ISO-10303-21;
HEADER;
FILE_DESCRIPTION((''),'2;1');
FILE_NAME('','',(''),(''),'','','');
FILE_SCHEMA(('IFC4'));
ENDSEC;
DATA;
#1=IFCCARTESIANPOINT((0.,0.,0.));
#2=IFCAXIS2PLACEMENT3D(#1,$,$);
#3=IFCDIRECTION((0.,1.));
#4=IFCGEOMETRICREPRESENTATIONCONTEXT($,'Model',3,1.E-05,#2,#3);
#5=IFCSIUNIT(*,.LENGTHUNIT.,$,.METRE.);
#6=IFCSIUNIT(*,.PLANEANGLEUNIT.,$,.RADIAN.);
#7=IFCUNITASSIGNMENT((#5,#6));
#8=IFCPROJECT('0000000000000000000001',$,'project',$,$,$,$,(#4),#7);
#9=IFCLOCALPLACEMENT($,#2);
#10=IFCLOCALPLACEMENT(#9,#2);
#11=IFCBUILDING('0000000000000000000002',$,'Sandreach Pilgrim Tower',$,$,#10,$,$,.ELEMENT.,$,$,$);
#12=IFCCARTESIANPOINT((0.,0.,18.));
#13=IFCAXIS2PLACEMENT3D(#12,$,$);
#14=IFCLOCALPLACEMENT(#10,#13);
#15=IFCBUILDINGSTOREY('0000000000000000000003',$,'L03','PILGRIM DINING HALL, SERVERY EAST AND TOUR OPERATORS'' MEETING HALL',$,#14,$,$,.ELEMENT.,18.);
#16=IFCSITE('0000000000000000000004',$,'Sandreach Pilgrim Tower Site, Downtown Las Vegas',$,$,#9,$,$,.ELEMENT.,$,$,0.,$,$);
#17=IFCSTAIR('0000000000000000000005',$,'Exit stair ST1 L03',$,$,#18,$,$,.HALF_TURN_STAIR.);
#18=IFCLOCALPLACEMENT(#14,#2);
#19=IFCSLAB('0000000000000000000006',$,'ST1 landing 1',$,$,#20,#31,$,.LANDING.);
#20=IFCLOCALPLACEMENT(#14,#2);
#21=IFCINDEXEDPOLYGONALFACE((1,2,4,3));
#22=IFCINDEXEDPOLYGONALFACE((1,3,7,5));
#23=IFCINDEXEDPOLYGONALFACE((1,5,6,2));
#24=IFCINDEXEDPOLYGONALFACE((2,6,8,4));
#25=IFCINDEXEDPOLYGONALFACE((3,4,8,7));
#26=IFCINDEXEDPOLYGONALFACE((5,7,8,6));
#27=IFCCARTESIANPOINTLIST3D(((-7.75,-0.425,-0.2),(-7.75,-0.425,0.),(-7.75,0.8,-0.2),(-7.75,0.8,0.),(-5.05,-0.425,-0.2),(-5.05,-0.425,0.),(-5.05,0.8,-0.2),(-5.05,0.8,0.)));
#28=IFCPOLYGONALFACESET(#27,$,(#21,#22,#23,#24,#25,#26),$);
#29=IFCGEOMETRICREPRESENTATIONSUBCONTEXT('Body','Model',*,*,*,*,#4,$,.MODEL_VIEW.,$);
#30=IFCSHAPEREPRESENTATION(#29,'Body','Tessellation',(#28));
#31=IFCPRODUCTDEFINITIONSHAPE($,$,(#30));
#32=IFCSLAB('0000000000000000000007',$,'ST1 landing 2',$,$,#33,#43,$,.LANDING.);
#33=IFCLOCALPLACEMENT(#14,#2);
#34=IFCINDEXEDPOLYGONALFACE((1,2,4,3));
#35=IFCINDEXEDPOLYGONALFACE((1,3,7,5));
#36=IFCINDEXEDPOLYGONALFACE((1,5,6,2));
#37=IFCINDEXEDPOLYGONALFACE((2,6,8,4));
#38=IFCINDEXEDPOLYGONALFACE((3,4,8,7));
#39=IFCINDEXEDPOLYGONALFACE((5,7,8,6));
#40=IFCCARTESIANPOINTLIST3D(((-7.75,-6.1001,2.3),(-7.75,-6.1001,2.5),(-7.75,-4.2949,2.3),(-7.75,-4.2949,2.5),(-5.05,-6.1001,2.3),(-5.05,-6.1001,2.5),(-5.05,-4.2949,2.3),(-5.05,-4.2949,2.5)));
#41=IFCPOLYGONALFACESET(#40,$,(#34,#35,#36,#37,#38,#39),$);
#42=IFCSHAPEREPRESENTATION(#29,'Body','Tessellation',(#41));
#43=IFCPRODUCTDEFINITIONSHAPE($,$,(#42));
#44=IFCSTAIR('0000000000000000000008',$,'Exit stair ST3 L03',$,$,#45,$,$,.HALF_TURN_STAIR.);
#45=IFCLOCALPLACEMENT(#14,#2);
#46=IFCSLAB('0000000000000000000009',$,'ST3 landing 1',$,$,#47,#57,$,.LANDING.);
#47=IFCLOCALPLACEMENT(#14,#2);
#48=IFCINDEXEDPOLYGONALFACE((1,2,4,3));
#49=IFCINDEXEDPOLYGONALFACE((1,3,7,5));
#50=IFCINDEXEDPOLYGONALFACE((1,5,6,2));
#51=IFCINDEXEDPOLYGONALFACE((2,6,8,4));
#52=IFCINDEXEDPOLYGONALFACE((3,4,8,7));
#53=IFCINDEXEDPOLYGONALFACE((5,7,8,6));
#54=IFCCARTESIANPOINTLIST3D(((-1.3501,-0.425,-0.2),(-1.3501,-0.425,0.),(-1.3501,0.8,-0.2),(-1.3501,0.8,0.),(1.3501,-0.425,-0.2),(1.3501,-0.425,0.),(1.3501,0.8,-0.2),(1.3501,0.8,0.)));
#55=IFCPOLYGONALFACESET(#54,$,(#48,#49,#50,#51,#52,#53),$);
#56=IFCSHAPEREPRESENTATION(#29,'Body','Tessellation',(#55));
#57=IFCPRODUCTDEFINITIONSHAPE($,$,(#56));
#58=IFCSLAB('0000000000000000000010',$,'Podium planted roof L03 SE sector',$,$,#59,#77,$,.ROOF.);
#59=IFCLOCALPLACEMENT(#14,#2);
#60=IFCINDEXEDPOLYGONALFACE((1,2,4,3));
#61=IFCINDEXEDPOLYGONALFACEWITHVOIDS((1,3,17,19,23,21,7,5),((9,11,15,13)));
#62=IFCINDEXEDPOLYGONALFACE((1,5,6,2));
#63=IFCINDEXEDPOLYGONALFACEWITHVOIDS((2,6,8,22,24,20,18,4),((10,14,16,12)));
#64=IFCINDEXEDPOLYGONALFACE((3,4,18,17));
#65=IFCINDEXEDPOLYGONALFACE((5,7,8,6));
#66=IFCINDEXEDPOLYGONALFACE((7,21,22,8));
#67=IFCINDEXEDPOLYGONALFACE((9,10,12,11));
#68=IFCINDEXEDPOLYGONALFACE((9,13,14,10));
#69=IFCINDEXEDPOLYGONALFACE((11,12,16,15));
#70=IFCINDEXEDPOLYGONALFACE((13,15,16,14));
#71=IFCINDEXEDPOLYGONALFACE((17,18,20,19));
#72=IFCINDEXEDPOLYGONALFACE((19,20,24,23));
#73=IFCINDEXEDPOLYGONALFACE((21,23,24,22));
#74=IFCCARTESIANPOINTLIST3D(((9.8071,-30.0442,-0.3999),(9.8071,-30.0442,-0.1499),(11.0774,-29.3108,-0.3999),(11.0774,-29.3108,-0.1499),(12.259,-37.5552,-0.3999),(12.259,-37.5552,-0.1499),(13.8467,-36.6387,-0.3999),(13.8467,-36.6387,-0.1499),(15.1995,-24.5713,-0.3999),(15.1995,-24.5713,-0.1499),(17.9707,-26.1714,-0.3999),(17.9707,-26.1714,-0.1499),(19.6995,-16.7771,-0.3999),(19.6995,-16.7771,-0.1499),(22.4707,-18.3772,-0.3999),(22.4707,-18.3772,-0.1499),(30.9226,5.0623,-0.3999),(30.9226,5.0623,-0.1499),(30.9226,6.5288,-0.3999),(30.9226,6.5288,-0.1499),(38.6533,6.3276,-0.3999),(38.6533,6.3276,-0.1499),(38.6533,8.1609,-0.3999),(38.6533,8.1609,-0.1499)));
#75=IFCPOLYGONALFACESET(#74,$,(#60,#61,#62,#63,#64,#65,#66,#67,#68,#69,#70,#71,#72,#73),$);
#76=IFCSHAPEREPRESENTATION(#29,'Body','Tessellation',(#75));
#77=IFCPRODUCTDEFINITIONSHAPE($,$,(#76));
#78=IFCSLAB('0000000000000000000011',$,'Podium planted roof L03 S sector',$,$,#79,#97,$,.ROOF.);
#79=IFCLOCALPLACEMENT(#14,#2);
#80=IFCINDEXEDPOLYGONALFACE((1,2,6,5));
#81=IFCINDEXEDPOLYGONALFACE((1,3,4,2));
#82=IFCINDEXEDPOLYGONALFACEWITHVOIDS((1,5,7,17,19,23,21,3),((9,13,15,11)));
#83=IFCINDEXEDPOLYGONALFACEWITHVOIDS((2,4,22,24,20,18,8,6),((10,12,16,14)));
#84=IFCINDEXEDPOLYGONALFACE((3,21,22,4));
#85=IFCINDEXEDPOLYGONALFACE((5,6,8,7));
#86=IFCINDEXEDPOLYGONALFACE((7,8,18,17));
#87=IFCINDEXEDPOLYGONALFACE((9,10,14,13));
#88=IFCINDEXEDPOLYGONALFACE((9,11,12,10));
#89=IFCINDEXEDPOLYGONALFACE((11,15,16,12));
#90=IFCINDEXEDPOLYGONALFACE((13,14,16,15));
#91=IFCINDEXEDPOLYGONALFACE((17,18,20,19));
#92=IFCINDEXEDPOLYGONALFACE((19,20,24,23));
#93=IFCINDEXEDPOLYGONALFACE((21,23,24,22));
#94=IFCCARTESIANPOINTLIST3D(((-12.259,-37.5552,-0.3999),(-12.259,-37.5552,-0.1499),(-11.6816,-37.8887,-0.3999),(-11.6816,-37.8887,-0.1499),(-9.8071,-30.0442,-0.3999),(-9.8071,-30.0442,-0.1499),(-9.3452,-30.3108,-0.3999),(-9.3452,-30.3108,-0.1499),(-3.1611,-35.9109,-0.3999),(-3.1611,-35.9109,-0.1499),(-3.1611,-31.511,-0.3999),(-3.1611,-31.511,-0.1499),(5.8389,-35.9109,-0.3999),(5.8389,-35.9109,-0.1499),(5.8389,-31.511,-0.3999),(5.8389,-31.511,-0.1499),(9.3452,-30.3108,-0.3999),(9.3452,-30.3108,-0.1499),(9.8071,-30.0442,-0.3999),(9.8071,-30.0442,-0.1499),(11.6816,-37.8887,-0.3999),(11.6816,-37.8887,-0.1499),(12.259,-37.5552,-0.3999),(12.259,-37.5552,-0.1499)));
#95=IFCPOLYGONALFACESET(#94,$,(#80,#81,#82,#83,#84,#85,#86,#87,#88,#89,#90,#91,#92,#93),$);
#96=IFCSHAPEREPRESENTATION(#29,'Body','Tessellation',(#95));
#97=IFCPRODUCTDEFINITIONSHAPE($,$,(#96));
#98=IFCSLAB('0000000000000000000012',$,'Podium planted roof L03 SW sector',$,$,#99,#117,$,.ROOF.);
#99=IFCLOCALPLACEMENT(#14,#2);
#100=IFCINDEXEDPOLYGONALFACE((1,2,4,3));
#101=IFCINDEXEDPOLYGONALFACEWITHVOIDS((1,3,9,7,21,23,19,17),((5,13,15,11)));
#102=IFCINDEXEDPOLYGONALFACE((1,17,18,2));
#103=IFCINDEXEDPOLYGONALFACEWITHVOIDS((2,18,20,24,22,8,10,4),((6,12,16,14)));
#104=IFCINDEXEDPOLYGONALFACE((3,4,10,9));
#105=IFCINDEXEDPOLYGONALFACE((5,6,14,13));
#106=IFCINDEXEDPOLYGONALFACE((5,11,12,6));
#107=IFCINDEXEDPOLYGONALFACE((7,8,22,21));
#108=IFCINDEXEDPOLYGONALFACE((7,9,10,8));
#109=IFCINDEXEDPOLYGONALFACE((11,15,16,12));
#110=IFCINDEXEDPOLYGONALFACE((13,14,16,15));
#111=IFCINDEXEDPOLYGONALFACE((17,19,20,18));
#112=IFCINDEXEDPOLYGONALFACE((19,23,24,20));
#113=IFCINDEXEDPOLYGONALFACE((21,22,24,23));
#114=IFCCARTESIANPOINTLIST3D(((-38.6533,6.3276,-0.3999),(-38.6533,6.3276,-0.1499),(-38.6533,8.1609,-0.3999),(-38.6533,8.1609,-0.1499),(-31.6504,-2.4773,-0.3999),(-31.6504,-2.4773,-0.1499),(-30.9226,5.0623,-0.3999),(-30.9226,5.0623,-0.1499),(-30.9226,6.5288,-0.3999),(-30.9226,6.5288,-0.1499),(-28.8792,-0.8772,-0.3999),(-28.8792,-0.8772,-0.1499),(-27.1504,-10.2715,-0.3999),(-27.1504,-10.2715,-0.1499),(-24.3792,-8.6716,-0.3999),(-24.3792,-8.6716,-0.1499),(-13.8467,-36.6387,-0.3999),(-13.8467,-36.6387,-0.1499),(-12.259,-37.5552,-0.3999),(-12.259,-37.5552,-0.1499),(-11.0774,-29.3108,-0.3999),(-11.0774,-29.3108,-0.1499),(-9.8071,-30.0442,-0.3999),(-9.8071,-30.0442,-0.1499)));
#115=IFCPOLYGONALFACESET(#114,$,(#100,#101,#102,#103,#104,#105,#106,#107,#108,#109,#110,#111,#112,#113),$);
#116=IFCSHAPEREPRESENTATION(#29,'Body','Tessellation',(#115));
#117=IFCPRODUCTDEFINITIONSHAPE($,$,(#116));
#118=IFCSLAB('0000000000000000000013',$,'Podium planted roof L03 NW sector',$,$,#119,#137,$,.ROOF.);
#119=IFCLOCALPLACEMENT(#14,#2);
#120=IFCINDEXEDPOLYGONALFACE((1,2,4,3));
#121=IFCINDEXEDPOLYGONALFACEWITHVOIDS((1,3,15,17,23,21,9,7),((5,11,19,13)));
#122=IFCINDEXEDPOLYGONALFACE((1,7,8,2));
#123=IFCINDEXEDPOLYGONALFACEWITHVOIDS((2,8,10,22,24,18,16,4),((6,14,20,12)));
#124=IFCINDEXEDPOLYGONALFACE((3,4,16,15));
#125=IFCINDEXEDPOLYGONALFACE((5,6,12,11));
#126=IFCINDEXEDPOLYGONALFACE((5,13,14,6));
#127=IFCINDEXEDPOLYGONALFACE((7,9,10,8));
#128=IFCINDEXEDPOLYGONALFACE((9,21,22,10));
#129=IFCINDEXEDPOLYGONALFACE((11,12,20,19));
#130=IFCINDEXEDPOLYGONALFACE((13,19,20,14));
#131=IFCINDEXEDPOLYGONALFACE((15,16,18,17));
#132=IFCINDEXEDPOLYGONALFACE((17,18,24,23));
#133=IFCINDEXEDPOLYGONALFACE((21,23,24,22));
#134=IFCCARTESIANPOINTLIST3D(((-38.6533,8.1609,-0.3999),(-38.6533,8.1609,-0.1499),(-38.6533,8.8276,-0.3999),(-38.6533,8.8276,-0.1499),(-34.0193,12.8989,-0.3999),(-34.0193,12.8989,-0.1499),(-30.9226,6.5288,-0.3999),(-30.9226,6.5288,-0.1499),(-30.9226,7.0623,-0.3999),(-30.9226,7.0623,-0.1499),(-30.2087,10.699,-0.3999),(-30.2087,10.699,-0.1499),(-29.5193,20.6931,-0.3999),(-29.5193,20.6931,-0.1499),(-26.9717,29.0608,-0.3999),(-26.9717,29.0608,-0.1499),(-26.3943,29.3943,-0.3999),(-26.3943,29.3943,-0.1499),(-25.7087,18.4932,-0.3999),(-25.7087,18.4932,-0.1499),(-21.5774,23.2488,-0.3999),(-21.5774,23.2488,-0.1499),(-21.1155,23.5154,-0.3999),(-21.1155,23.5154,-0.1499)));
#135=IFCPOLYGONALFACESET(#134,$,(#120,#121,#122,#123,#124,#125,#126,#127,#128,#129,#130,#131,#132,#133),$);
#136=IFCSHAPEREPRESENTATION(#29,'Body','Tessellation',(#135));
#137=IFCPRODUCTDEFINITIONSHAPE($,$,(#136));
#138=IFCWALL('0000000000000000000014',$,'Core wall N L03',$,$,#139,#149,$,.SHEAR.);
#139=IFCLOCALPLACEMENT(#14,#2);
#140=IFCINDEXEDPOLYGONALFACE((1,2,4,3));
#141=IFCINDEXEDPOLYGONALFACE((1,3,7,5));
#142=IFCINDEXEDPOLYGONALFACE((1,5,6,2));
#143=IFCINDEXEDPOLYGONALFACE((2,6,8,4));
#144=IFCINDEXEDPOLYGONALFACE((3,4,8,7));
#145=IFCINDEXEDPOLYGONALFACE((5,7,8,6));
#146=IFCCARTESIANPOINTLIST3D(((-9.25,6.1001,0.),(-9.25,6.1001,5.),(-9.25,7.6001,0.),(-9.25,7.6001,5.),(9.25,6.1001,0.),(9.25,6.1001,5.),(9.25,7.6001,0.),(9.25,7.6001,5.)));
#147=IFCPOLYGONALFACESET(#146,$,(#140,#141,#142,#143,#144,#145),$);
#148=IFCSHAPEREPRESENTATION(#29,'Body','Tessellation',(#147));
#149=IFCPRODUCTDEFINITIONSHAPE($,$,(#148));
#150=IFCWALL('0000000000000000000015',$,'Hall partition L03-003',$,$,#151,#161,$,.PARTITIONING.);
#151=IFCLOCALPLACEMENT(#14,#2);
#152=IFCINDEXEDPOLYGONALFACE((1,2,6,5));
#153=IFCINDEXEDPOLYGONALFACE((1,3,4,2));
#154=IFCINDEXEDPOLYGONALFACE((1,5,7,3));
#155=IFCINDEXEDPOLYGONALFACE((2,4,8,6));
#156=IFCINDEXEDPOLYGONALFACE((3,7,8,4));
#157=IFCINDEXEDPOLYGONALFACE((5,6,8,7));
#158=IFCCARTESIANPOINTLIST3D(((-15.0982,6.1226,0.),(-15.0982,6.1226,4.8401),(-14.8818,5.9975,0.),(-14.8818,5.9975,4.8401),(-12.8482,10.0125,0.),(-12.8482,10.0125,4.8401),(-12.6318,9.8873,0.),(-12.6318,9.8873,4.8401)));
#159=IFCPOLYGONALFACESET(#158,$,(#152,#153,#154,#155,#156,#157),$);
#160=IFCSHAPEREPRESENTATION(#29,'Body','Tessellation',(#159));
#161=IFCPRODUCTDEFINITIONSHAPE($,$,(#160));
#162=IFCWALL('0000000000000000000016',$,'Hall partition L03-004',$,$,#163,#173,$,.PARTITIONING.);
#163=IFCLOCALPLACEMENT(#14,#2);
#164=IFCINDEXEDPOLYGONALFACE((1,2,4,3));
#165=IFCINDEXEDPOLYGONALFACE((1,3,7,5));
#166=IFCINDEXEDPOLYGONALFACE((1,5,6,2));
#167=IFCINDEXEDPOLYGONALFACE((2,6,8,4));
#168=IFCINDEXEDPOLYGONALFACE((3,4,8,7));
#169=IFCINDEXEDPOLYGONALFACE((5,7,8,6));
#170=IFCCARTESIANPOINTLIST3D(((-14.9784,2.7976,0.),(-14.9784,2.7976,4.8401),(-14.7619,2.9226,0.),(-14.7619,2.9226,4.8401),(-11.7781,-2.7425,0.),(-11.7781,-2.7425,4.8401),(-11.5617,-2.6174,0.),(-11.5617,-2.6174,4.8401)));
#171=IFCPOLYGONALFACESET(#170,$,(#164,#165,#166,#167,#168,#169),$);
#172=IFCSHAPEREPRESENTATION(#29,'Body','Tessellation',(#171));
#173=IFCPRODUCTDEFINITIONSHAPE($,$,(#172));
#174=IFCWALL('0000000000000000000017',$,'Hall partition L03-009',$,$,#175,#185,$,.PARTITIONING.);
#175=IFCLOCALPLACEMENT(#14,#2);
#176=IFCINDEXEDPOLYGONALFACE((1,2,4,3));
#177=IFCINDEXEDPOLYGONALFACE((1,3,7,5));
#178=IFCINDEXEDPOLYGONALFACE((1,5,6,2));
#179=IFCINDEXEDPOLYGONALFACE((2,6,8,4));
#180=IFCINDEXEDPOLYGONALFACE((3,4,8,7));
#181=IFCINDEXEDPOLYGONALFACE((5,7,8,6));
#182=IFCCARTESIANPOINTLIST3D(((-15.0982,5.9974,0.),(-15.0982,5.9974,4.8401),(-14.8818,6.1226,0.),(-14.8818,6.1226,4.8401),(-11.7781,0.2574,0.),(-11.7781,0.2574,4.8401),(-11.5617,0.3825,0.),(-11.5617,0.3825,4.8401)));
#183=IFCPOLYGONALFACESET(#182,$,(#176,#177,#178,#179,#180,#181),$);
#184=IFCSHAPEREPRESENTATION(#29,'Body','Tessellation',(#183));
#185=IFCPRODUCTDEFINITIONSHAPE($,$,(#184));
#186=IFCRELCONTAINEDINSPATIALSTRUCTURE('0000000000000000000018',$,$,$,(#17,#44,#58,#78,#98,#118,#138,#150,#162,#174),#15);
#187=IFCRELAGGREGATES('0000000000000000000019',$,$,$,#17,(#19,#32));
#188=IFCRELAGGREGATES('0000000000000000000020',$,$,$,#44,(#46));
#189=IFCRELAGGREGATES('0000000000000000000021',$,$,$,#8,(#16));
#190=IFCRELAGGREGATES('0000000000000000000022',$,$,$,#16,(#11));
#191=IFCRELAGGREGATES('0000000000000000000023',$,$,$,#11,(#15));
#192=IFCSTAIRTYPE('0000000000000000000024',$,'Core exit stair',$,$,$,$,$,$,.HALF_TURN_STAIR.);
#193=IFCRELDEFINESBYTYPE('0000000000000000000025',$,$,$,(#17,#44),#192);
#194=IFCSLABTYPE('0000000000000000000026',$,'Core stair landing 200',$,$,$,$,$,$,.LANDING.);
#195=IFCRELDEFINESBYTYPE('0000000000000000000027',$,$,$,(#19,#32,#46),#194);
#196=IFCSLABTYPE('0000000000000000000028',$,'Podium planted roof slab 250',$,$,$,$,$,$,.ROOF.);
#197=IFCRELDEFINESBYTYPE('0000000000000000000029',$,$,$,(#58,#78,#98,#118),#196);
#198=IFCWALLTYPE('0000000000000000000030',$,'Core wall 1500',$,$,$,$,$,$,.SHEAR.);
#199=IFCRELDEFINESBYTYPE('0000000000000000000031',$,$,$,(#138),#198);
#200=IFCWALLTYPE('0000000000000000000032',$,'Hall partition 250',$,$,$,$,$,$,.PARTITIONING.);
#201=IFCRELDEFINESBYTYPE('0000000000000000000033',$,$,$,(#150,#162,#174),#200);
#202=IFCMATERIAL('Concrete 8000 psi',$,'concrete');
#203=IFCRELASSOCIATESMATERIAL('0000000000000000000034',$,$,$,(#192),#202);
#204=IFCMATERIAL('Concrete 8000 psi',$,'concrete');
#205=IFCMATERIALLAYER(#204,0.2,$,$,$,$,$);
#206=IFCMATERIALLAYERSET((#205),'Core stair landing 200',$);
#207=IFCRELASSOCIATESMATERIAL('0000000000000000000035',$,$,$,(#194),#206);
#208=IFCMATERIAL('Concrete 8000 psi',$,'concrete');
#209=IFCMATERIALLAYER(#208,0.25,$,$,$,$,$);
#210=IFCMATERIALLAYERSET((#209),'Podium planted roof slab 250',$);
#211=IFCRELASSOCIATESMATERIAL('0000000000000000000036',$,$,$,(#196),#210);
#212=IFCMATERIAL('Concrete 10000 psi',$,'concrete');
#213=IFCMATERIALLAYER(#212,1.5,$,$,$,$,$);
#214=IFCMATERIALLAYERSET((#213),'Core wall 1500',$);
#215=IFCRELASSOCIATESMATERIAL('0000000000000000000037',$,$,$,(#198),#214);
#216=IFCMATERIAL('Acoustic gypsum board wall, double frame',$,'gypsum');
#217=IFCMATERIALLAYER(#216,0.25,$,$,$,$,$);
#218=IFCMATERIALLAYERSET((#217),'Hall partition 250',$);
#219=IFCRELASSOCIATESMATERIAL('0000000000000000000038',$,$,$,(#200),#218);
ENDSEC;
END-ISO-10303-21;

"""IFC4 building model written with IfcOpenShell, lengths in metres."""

from ifc_helpers import new_model, si_unit, direction, frame, frame_2d, origin, place, context, subcontext, project, spatial, polyline, rectangle, outline, extrude, material, layer, layer_set, type_object, element, aggregate, save


model = new_model("IFC4")

# Units and contexts
model_context = context("Model", 3, precision=1e-05, world=origin(), true_north=direction((0.0, 1.0)))
body_context = subcontext(model_context, "Body", "Model", "MODEL_VIEW")
ifc_project = project(units=[si_unit("LENGTHUNIT", "METRE"), si_unit("PLANEANGLEUNIT", "RADIAN")], contexts=[model_context])

# Site, building, storey
site_placement = place(None, origin())
site = spatial("IfcSite", under=ifc_project, at=site_placement, Name="Sandreach Pilgrim Tower Site, Downtown Las Vegas", CompositionType="ELEMENT", RefElevation=0.0)
building_placement = place(site_placement, origin())
building = spatial("IfcBuilding", under=site, at=building_placement, Name="Sandreach Pilgrim Tower", CompositionType="ELEMENT")
storey_placement = place(building_placement, frame((0.0, 0.0, 18.0)))
storey = spatial("IfcBuildingStorey", under=building, at=storey_placement, Name="L03", Description="PILGRIM DINING HALL, SERVERY EAST AND TOUR OPERATORS' MEETING HALL", CompositionType="ELEMENT", Elevation=18.0)

# Stair, slabs
ifc_material_1 = material(Name="Concrete 8000 psi", Category="concrete")
stair_type = type_object("IfcStairType", Name="Core exit stair", PredefinedType="HALF_TURN_STAIR", material=ifc_material_1)
stair_1_placement = place(storey_placement, origin())
stair_1 = element("IfcStair", 1, at=stair_1_placement, inside=storey, type_object=stair_type, Name="Exit stair ST1 L03", PredefinedType="HALF_TURN_STAIR")
ifc_material_2 = material(Name="Concrete 8000 psi", Category="concrete")
ifc_layer_1 = layer(ifc_material_2, 0.2)
ifc_layer_set_1 = layer_set([ifc_layer_1], Name="Core stair landing 200")
slab_type_1 = type_object("IfcSlabType", Name="Core stair landing 200", PredefinedType="LANDING", material=ifc_layer_set_1)
slab_1_placement = place(storey_placement, frame((0.0, 0.0, -0.2)))
slab_1 = element("IfcSlab", 2, at=slab_1_placement, type_object=slab_type_1, Name="ST1 landing 1", PredefinedType="LANDING", context=body_context, shape_type="SweptSolid", body=[
    extrude(outline(polyline([(-7.75, -0.425), (-5.05, -0.425), (-5.05, 0.8), (-7.75, 0.8), (-7.75, -0.425)])), origin(), (0.0, 0.0, 1.0), 0.2),
])
slab_2_placement = place(storey_placement, frame((0.0, 0.0, 2.3)))
slab_2 = element("IfcSlab", 3, at=slab_2_placement, type_object=slab_type_1, Name="ST1 landing 2", PredefinedType="LANDING", context=body_context, shape_type="SweptSolid", body=[
    extrude(outline(polyline([(-7.75, -6.1001), (-5.05, -6.1001), (-5.05, -4.2949), (-7.75, -4.2949), (-7.75, -6.1001)])), origin(), (0.0, 0.0, 1.0), 0.2),
])
aggregate(stair_1, [slab_1, slab_2])

# Stair, slab
stair_2_placement = place(storey_placement, origin())
stair_2 = element("IfcStair", 4, at=stair_2_placement, inside=storey, type_object=stair_type, Name="Exit stair ST3 L03", PredefinedType="HALF_TURN_STAIR")
slab_3_placement = place(storey_placement, frame((0.0, 0.0, -0.2)))
slab_3 = element("IfcSlab", 5, at=slab_3_placement, type_object=slab_type_1, Name="ST3 landing 1", PredefinedType="LANDING", context=body_context, shape_type="SweptSolid", body=[
    extrude(outline(polyline([(-1.3501, -0.425), (1.3501, -0.425), (1.3501, 0.8), (-1.3501, 0.8), (-1.3501, -0.425)])), origin(), (0.0, 0.0, 1.0), 0.2),
])
aggregate(stair_2, [slab_3])

# Slabs
ifc_material_3 = material(Name="Concrete 8000 psi", Category="concrete")
ifc_layer_2 = layer(ifc_material_3, 0.25)
ifc_layer_set_2 = layer_set([ifc_layer_2], Name="Podium planted roof slab 250")
slab_type_2 = type_object("IfcSlabType", Name="Podium planted roof slab 250", PredefinedType="ROOF", material=ifc_layer_set_2)
slab_4_placement = place(storey_placement, frame((0.0, 0.0, -0.3999)))
element("IfcSlab", 6, at=slab_4_placement, inside=storey, type_object=slab_type_2, Name="Podium planted roof L03 SE sector", PredefinedType="ROOF", context=body_context, shape_type="SweptSolid", body=[
    extrude(outline(polyline([(13.8467, -36.6387), (12.259, -37.5552), (9.8071, -30.0442), (11.0774, -29.3108), (30.9226, 5.0623), (30.9226, 6.5288), (38.6533, 8.1609), (38.6533, 6.3276), (13.8467, -36.6387)]), holes=[polyline([(19.6995, -16.7771), (15.1995, -24.5713), (17.9707, -26.1714), (22.4707, -18.3772), (19.6995, -16.7771)])]), origin(), (0.0, 0.0, 1.0), 0.25),
])
slab_5_placement = place(storey_placement, frame((0.0, 0.0, -0.3999)))
element("IfcSlab", 7, at=slab_5_placement, inside=storey, type_object=slab_type_2, Name="Podium planted roof L03 S sector", PredefinedType="ROOF", context=body_context, shape_type="SweptSolid", body=[
    extrude(outline(polyline([(-11.6816, -37.8887), (-12.259, -37.5552), (-9.8071, -30.0442), (-9.3452, -30.3108), (9.3452, -30.3108), (9.8071, -30.0442), (12.259, -37.5552), (11.6816, -37.8887), (-11.6816, -37.8887)]), holes=[polyline([(5.8389, -31.511), (-3.1611, -31.511), (-3.1611, -35.9109), (5.8389, -35.9109), (5.8389, -31.511)])]), origin(), (0.0, 0.0, 1.0), 0.25),
])
slab_6_placement = place(storey_placement, frame((0.0, 0.0, -0.3999)))
element("IfcSlab", 8, at=slab_6_placement, inside=storey, type_object=slab_type_2, Name="Podium planted roof L03 SW sector", PredefinedType="ROOF", context=body_context, shape_type="SweptSolid", body=[
    extrude(outline(polyline([(-38.6533, 6.3276), (-38.6533, 8.1609), (-30.9226, 6.5288), (-30.9226, 5.0623), (-11.0774, -29.3108), (-9.8071, -30.0442), (-12.259, -37.5552), (-13.8467, -36.6387), (-38.6533, 6.3276)]), holes=[polyline([(-24.3792, -8.6716), (-28.8792, -0.8772), (-31.6504, -2.4773), (-27.1504, -10.2715), (-24.3792, -8.6716)])]), origin(), (0.0, 0.0, 1.0), 0.25),
])
slab_7_placement = place(storey_placement, frame((0.0, 0.0, -0.3999)))
element("IfcSlab", 9, at=slab_7_placement, inside=storey, type_object=slab_type_2, Name="Podium planted roof L03 NW sector", PredefinedType="ROOF", context=body_context, shape_type="SweptSolid", body=[
    extrude(outline(polyline([(-26.9717, 29.0608), (-26.3943, 29.3943), (-21.1155, 23.5154), (-21.5774, 23.2488), (-30.9226, 7.0623), (-30.9226, 6.5288), (-38.6533, 8.1609), (-38.6533, 8.8276), (-26.9717, 29.0608)]), holes=[polyline([(-30.2087, 10.699), (-25.7087, 18.4932), (-29.5193, 20.6931), (-34.0193, 12.8989), (-30.2087, 10.699)])]), origin(), (0.0, 0.0, 1.0), 0.25),
])

# Walls
ifc_material_4 = material(Name="Concrete 10000 psi", Category="concrete")
ifc_layer_3 = layer(ifc_material_4, 1.5)
ifc_layer_set_3 = layer_set([ifc_layer_3], Name="Core wall 1500")
wall_type_1 = type_object("IfcWallType", Name="Core wall 1500", PredefinedType="SHEAR", material=ifc_layer_set_3)
wall_1_placement = place(storey_placement, frame((-9.25, 6.8501, 0.0), z_axis=(0.0, 0.0, 1.0), x_axis=(1.0, 0.0, 0.0)))
element("IfcWall", 10, at=wall_1_placement, inside=storey, type_object=wall_type_1, Name="Core wall N L03", PredefinedType="SHEAR", context=body_context, shape_type="SweptSolid", body=[
    extrude(rectangle(XDim=18.5, YDim=1.5, at=frame_2d((9.25, 0.0))), origin(), (0.0, 0.0, 1.0), 5.0),
])
ifc_material_5 = material(Name="Acoustic gypsum board wall, double frame", Category="gypsum")
ifc_layer_4 = layer(ifc_material_5, 0.25)
ifc_layer_set_4 = layer_set([ifc_layer_4], Name="Hall partition 250")
wall_type_2 = type_object("IfcWallType", Name="Hall partition 250", PredefinedType="PARTITIONING", material=ifc_layer_set_4)
wall_2_placement = place(storey_placement, frame((-14.99, 6.0601, 0.0), z_axis=(0.0, 0.0, 1.0), x_axis=(0.500696, 0.865623, 0.0)))
element("IfcWall", 11, at=wall_2_placement, inside=storey, type_object=wall_type_2, Name="Hall partition L03-003", PredefinedType="PARTITIONING", context=body_context, shape_type="SweptSolid", body=[
    extrude(rectangle(XDim=4.4937, YDim=0.25, at=frame_2d((2.2468, 0.0))), origin(), (0.0, 0.0, 1.0), 4.8401),
])
wall_3_placement = place(storey_placement, frame((-14.8701, 2.8601, 0.0), z_axis=(0.0, 0.0, 1.0), x_axis=(0.500194, -0.865914, 0.0)))
element("IfcWall", 12, at=wall_3_placement, inside=storey, type_object=wall_type_2, Name="Hall partition L03-004", PredefinedType="PARTITIONING", context=body_context, shape_type="SweptSolid", body=[
    extrude(rectangle(XDim=6.3979, YDim=0.25, at=frame_2d((3.199, 0.0))), origin(), (0.0, 0.0, 1.0), 4.8401),
])
wall_4_placement = place(storey_placement, frame((-11.6699, 0.3201, 0.0), z_axis=(0.0, 0.0, 1.0), x_axis=(-0.500688, 0.865628, 0.0)))
element("IfcWall", 13, at=wall_4_placement, inside=storey, type_object=wall_type_2, Name="Hall partition L03-009", PredefinedType="PARTITIONING", context=body_context, shape_type="SweptSolid", body=[
    extrude(rectangle(XDim=6.6311, YDim=0.25, at=frame_2d((3.3154, 0.0))), origin(), (0.0, 0.0, 1.0), 4.8401),
])

save(model, "model.ifc")
